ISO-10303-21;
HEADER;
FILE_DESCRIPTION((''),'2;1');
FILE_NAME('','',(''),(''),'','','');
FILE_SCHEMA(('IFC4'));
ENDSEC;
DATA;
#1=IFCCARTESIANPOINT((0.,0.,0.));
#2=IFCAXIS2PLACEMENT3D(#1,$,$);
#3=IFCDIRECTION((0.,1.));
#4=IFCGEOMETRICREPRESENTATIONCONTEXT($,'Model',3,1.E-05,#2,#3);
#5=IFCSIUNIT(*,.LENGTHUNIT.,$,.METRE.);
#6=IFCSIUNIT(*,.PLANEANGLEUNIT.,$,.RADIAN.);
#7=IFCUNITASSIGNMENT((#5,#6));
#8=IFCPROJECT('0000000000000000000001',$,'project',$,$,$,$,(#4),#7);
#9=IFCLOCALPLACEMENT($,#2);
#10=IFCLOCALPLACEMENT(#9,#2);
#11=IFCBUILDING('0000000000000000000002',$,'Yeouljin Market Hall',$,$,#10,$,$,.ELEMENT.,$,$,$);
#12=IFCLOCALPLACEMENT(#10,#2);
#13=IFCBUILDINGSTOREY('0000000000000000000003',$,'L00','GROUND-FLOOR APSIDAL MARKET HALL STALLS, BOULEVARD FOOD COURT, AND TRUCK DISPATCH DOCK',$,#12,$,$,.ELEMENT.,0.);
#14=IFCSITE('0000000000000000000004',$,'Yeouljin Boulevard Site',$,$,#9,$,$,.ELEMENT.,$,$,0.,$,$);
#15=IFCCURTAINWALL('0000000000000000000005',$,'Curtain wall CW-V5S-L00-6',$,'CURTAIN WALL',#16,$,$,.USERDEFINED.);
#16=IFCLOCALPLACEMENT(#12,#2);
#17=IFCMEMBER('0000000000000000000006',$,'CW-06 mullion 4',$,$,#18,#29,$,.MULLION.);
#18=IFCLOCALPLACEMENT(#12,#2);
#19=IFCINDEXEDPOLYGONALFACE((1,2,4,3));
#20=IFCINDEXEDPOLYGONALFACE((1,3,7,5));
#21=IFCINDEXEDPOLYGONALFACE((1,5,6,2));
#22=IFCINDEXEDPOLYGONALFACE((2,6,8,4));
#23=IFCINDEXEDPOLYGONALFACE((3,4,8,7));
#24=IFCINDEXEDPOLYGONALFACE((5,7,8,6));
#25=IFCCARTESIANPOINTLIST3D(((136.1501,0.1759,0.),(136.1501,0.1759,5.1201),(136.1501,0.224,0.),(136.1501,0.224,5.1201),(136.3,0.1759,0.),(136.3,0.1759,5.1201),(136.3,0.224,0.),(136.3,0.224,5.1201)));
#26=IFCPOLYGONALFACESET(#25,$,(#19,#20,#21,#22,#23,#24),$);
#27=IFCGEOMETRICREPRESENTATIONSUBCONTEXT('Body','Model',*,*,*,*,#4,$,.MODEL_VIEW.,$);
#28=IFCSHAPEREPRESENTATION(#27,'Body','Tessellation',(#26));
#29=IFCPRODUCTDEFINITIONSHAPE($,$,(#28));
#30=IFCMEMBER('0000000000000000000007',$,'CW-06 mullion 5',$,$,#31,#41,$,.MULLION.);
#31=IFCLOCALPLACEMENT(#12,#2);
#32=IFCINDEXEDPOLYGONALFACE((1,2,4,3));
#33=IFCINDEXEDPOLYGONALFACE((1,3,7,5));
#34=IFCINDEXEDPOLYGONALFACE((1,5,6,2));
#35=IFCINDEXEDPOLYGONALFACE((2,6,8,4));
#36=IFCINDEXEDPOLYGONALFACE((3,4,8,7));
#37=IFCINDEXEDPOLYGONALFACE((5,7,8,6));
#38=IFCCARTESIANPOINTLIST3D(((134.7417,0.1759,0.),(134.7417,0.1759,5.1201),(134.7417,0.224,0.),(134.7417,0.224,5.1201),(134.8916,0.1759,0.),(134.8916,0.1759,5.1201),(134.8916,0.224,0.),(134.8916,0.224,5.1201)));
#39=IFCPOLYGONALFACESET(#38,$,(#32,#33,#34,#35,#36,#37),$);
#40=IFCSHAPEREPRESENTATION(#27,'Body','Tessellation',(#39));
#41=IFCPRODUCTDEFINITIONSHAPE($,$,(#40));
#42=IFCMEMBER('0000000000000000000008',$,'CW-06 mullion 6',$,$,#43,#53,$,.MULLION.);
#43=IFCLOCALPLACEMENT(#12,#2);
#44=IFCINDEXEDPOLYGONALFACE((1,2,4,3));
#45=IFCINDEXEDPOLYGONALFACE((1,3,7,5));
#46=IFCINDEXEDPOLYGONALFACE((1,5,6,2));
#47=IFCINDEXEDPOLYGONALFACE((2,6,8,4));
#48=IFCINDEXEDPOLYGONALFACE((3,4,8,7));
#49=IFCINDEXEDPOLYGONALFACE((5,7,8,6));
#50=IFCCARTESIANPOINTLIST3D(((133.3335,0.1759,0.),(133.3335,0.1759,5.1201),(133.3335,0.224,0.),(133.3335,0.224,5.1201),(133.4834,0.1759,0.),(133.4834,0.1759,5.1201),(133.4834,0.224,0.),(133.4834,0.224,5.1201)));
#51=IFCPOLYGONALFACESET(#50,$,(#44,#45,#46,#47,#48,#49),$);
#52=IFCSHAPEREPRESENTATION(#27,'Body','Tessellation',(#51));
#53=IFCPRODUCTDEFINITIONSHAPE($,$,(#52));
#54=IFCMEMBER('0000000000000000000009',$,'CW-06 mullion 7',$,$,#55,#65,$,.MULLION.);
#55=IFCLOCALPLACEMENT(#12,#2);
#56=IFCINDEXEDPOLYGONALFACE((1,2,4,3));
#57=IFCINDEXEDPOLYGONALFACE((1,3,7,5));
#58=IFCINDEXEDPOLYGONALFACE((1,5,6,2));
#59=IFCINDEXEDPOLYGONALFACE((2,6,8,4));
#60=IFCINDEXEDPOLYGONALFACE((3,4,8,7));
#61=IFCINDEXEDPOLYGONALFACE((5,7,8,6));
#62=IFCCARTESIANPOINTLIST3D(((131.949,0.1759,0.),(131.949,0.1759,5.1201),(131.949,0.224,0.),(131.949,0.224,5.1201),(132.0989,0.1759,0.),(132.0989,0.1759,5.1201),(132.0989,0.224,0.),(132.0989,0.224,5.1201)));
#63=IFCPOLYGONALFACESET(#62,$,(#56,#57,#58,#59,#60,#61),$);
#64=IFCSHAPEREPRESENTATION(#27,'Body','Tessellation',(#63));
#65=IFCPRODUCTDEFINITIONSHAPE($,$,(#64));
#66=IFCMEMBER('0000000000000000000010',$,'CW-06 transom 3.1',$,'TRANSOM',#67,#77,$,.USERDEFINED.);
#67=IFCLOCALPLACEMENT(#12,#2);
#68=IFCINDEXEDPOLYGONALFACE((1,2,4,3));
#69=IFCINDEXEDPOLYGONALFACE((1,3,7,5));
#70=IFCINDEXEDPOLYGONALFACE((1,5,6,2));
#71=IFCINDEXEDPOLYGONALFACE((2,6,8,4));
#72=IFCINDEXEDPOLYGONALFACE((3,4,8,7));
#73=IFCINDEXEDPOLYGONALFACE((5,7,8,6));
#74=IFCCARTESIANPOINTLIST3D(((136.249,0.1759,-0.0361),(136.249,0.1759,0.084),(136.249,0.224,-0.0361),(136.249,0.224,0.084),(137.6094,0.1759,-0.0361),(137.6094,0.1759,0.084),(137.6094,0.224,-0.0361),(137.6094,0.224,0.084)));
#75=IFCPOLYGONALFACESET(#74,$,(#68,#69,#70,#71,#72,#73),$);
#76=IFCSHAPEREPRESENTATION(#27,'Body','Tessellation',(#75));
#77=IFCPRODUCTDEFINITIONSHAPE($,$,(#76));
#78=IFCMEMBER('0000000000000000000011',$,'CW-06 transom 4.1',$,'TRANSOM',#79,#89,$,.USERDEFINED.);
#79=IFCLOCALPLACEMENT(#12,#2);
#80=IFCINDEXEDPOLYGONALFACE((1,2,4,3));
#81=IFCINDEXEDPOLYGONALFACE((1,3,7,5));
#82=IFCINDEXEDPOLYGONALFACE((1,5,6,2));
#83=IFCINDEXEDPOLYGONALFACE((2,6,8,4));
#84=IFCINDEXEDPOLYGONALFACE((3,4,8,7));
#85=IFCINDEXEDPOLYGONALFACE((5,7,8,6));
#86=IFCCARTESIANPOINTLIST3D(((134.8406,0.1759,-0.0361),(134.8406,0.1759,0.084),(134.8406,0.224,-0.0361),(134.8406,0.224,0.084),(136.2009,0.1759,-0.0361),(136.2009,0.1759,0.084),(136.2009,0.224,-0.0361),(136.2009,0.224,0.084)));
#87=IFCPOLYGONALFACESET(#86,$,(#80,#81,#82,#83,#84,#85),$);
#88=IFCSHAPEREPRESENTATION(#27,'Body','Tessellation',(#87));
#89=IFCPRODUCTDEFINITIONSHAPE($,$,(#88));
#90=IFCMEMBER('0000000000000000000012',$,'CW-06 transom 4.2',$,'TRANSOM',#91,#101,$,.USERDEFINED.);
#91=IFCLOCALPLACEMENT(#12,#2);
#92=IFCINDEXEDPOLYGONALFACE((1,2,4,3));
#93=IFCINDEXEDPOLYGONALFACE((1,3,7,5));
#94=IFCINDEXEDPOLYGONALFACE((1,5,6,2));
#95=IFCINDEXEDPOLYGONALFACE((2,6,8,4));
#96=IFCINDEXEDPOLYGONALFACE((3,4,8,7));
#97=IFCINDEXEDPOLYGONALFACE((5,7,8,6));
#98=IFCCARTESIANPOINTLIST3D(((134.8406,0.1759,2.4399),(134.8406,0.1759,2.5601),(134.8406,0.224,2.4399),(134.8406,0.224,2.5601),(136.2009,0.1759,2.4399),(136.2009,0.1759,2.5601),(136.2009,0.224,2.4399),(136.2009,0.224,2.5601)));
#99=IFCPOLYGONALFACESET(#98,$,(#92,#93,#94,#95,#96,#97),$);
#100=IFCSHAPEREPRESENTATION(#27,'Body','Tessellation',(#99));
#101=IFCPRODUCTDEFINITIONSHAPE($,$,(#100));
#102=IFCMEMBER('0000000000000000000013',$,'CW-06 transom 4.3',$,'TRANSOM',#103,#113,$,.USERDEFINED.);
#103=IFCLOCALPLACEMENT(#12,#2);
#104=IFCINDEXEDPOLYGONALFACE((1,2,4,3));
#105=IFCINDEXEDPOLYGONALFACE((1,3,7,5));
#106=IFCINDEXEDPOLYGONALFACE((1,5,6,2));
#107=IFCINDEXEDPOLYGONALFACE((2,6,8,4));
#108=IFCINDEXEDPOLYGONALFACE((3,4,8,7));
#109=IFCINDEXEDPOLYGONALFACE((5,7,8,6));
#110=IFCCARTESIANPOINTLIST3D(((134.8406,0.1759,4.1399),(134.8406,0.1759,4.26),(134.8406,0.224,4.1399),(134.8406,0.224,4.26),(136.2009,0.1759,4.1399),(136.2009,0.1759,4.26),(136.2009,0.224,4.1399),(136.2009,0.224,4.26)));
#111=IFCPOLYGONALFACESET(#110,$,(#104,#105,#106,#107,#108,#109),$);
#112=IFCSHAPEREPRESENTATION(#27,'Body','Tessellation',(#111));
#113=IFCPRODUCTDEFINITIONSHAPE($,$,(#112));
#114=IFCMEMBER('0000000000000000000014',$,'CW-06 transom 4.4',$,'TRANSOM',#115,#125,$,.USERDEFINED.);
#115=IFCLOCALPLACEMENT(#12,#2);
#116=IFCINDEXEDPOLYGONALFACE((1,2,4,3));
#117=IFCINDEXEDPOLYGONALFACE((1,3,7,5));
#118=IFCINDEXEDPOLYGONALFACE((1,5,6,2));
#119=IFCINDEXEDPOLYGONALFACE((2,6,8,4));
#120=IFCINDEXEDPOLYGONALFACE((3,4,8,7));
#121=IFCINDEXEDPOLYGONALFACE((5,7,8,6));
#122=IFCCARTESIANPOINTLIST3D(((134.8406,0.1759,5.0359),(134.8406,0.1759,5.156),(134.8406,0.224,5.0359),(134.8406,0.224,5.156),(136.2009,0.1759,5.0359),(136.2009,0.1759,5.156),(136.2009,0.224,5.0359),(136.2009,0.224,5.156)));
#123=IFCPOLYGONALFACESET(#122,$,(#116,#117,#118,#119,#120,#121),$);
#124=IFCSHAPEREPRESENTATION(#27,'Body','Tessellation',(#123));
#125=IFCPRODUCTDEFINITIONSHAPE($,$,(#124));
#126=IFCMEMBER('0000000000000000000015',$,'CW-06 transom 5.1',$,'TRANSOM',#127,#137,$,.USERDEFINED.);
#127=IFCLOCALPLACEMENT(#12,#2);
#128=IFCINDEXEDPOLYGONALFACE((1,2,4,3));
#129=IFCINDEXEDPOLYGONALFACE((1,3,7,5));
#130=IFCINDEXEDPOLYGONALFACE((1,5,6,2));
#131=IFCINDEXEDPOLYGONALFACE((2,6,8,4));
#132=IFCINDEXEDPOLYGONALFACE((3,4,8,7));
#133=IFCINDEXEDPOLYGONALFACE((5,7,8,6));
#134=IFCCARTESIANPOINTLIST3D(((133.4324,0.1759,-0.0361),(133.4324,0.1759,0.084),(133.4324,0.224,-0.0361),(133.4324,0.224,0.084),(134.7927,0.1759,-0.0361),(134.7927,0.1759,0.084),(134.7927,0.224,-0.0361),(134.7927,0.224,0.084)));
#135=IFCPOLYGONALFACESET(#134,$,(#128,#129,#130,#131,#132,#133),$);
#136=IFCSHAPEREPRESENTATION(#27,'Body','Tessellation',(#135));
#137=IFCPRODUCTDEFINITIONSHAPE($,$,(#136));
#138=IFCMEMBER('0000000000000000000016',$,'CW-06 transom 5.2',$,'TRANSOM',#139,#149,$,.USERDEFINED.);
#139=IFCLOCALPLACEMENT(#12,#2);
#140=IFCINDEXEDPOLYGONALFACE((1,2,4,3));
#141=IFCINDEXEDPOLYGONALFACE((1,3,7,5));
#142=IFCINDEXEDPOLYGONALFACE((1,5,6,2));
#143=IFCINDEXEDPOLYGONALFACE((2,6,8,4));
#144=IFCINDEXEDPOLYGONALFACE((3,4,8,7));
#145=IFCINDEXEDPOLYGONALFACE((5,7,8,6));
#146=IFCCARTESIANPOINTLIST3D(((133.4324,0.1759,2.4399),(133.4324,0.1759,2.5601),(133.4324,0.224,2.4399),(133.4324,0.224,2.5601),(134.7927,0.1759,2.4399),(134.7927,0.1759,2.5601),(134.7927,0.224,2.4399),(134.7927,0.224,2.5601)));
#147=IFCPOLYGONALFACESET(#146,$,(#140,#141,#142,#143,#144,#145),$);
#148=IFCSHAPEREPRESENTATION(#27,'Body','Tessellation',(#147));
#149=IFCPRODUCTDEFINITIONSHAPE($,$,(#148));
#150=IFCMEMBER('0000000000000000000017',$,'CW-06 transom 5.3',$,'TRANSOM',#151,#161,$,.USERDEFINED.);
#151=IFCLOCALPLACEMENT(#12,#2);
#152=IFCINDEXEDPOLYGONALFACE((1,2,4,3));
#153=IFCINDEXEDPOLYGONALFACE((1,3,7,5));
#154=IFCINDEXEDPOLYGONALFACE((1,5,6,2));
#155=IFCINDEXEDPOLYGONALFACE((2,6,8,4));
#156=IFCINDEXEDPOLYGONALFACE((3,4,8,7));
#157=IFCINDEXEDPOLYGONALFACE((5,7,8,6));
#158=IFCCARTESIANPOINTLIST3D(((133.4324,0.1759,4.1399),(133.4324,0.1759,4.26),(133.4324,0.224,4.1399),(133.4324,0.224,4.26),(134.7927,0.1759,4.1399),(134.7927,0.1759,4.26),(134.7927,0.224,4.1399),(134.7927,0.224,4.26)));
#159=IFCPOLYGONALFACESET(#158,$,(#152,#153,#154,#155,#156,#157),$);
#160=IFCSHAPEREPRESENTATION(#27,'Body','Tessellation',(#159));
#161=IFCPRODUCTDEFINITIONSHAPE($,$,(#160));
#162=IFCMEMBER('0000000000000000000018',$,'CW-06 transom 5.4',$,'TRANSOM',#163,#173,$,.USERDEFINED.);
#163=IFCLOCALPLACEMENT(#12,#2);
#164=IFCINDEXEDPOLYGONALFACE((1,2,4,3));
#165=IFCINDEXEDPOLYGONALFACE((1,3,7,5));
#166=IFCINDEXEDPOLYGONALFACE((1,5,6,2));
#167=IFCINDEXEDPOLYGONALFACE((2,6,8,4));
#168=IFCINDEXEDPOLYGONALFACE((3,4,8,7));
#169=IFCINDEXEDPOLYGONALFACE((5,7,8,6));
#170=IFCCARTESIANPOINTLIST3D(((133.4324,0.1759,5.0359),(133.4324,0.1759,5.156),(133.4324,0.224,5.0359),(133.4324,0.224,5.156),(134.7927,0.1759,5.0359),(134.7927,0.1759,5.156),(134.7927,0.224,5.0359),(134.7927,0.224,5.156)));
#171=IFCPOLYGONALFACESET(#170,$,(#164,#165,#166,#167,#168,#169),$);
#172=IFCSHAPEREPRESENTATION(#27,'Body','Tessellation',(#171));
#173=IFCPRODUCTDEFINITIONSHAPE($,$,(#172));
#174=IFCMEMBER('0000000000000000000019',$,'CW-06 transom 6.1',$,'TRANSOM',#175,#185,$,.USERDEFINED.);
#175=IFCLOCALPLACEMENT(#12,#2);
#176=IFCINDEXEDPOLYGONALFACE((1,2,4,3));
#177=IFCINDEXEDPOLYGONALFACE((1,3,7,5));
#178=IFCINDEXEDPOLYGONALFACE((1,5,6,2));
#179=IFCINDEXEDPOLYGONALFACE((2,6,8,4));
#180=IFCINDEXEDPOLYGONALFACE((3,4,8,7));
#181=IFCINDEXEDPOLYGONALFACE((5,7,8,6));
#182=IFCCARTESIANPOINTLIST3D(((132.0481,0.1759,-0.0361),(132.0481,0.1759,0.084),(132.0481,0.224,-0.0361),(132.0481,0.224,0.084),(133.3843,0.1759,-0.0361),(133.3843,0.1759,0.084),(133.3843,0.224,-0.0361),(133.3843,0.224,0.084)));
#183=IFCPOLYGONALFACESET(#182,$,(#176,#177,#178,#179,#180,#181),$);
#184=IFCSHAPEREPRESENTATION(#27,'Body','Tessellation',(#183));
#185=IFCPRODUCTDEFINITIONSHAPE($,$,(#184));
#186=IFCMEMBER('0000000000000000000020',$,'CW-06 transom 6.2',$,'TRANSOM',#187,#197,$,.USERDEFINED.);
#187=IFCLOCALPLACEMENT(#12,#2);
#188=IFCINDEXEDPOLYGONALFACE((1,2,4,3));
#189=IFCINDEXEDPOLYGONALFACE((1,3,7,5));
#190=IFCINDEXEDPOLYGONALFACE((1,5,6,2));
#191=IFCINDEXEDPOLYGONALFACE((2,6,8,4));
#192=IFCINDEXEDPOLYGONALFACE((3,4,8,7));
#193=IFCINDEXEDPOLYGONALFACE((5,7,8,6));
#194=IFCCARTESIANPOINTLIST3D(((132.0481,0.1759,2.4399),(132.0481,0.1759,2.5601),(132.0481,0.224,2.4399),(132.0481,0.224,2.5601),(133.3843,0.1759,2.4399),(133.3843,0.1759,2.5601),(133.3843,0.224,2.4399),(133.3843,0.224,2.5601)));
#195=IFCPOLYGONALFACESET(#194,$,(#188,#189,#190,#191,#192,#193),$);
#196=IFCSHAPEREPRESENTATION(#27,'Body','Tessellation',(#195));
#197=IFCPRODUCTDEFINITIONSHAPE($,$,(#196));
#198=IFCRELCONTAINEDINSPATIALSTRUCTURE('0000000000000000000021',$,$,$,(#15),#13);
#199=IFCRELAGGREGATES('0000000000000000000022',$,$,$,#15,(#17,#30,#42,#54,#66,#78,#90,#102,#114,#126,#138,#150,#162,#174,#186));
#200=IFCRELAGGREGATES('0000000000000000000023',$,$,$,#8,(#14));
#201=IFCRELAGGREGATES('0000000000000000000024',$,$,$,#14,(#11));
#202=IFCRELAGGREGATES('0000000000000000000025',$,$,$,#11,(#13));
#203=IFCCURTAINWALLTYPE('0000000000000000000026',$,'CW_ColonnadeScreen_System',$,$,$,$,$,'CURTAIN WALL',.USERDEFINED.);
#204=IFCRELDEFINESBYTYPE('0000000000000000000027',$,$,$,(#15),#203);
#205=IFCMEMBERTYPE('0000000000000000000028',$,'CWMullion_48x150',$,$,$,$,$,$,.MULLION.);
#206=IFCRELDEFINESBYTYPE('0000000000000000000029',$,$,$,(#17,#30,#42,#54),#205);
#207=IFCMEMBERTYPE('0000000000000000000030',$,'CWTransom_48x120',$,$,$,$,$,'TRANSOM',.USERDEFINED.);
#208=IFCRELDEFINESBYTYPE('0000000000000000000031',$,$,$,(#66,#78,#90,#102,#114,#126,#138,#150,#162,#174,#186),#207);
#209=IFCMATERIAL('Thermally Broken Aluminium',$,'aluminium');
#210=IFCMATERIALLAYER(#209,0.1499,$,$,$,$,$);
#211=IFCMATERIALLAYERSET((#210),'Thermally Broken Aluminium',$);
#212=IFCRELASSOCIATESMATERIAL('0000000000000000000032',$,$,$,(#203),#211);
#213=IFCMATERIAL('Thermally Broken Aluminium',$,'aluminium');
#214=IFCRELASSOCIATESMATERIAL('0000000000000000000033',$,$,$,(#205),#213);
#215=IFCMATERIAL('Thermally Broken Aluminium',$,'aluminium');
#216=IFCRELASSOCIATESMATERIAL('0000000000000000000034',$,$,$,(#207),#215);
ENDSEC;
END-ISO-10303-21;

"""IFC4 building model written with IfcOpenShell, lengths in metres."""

from ifc_helpers import new_model, si_unit, direction, frame, origin, origin_2d, place, context, subcontext, project, spatial, rectangle, extrude, material, layer, layer_set, material_profile, profile_set, type_object, element, aggregate, save


model = new_model("IFC4")

# Units and contexts
model_context = context("Model", 3, precision=1e-05, world=origin(), true_north=direction((0.0, 1.0)))
body_context = subcontext(model_context, "Body", "Model", "MODEL_VIEW")
ifc_project = project(units=[si_unit("LENGTHUNIT", "METRE"), si_unit("PLANEANGLEUNIT", "RADIAN")], contexts=[model_context])

# Site, building, storey
site_placement = place(None, origin())
site = spatial("IfcSite", under=ifc_project, at=site_placement, Name="Yeouljin Boulevard Site", CompositionType="ELEMENT", RefElevation=0.0)
building_placement = place(site_placement, origin())
building = spatial("IfcBuilding", under=site, at=building_placement, Name="Yeouljin Market Hall", CompositionType="ELEMENT")
storey_placement = place(building_placement, origin())
storey = spatial("IfcBuildingStorey", under=building, at=storey_placement, Name="L00", Description="GROUND-FLOOR APSIDAL MARKET HALL STALLS, BOULEVARD FOOD COURT, AND TRUCK DISPATCH DOCK", CompositionType="ELEMENT", Elevation=0.0)

# Curtain wall, members
ifc_material_1 = material(Name="Thermally Broken Aluminium", Category="aluminium")
ifc_layer_1 = layer(ifc_material_1, 0.1499)
ifc_layer_set_1 = layer_set([ifc_layer_1], Name="Thermally Broken Aluminium")
curtain_wall_type = type_object("IfcCurtainWallType", Name="CW_ColonnadeScreen_System", ElementType="CURTAIN WALL", PredefinedType="USERDEFINED", material=ifc_layer_set_1)
curtain_wall_placement = place(storey_placement, origin())
curtain_wall = element("IfcCurtainWall", 1, at=curtain_wall_placement, inside=storey, type_object=curtain_wall_type, Name="Curtain wall CW-V5S-L00-6", ObjectType="CURTAIN WALL", PredefinedType="USERDEFINED")
ifc_material_2 = material(Name="Thermally Broken Aluminium", Category="aluminium")
ifc_material_profile_1 = material_profile(ifc_material_2, rectangle(XDim=0.0481, YDim=0.1499, at=origin_2d()), Name="CW-MULL-48x150")
ifc_profile_set_1 = profile_set([ifc_material_profile_1], Name="Thermally Broken Aluminium")
member_type_1 = type_object("IfcMemberType", Name="CWMullion_48x150", PredefinedType="MULLION", material=ifc_profile_set_1)
member_1_placement = place(storey_placement, frame((136.2251, 0.2, 0.0), z_axis=(0.0, 0.0, 1.0), x_axis=(0.0, -1.0, 0.0)))
member_1 = element("IfcMember", 2, at=member_1_placement, type_object=member_type_1, Name="CW-06 mullion 4", PredefinedType="MULLION", context=body_context, shape_type="SweptSolid", body=[
    extrude(rectangle(XDim=0.0481, YDim=0.1499, at=origin_2d()), origin(), (0.0, 0.0, 1.0), 5.1201),
])
member_2_placement = place(storey_placement, frame((134.8167, 0.2, 0.0), z_axis=(0.0, 0.0, 1.0), x_axis=(0.0, -1.0, 0.0)))
member_2 = element("IfcMember", 3, at=member_2_placement, type_object=member_type_1, Name="CW-06 mullion 5", PredefinedType="MULLION", context=body_context, shape_type="SweptSolid", body=[
    extrude(rectangle(XDim=0.0481, YDim=0.1499, at=origin_2d()), origin(), (0.0, 0.0, 1.0), 5.1201),
])
member_3_placement = place(storey_placement, frame((133.4084, 0.2, 0.0), z_axis=(0.0, 0.0, 1.0), x_axis=(0.0, -1.0, 0.0)))
member_3 = element("IfcMember", 4, at=member_3_placement, type_object=member_type_1, Name="CW-06 mullion 6", PredefinedType="MULLION", context=body_context, shape_type="SweptSolid", body=[
    extrude(rectangle(XDim=0.0481, YDim=0.1499, at=origin_2d()), origin(), (0.0, 0.0, 1.0), 5.1201),
])
member_4_placement = place(storey_placement, frame((132.0239, 0.2, 0.0), z_axis=(0.0, 0.0, 1.0), x_axis=(0.0, -1.0, 0.0)))
member_4 = element("IfcMember", 5, at=member_4_placement, type_object=member_type_1, Name="CW-06 mullion 7", PredefinedType="MULLION", context=body_context, shape_type="SweptSolid", body=[
    extrude(rectangle(XDim=0.0481, YDim=0.1499, at=origin_2d()), origin(), (0.0, 0.0, 1.0), 5.1201),
])
ifc_material_3 = material(Name="Thermally Broken Aluminium", Category="aluminium")
ifc_material_profile_2 = material_profile(ifc_material_3, rectangle(XDim=0.0481, YDim=0.1201, at=origin_2d()), Name="CW-TRAN-48x120")
ifc_profile_set_2 = profile_set([ifc_material_profile_2], Name="Thermally Broken Aluminium")
member_type_2 = type_object("IfcMemberType", Name="CWTransom_48x120", ElementType="TRANSOM", PredefinedType="USERDEFINED", material=ifc_profile_set_2)
member_5_placement = place(storey_placement, frame((137.6094, 0.2, 0.0239), z_axis=(-1.0, 0.0, 0.0), x_axis=(0.0, -1.0, 0.0)))
member_5 = element("IfcMember", 6, at=member_5_placement, type_object=member_type_2, Name="CW-06 transom 3.1", ObjectType="TRANSOM", PredefinedType="USERDEFINED", context=body_context, shape_type="SweptSolid", body=[
    extrude(rectangle(XDim=0.0481, YDim=0.1201, at=origin_2d()), origin(), (0.0, 0.0, 1.0), 1.3604),
])
member_6_placement = place(storey_placement, frame((136.2009, 0.2, 0.0239), z_axis=(-1.0, 0.0, 0.0), x_axis=(0.0, -1.0, 0.0)))
member_6 = element("IfcMember", 7, at=member_6_placement, type_object=member_type_2, Name="CW-06 transom 4.1", ObjectType="TRANSOM", PredefinedType="USERDEFINED", context=body_context, shape_type="SweptSolid", body=[
    extrude(rectangle(XDim=0.0481, YDim=0.1201, at=origin_2d()), origin(), (0.0, 0.0, 1.0), 1.3604),
])
member_7_placement = place(storey_placement, frame((136.2009, 0.2, 2.5), z_axis=(-1.0, 0.0, 0.0), x_axis=(0.0, -1.0, 0.0)))
member_7 = element("IfcMember", 8, at=member_7_placement, type_object=member_type_2, Name="CW-06 transom 4.2", ObjectType="TRANSOM", PredefinedType="USERDEFINED", context=body_context, shape_type="SweptSolid", body=[
    extrude(rectangle(XDim=0.0481, YDim=0.1201, at=origin_2d()), origin(), (0.0, 0.0, 1.0), 1.3604),
])
member_8_placement = place(storey_placement, frame((136.2009, 0.2, 4.2), z_axis=(-1.0, 0.0, 0.0), x_axis=(0.0, -1.0, 0.0)))
member_8 = element("IfcMember", 9, at=member_8_placement, type_object=member_type_2, Name="CW-06 transom 4.3", ObjectType="TRANSOM", PredefinedType="USERDEFINED", context=body_context, shape_type="SweptSolid", body=[
    extrude(rectangle(XDim=0.0481, YDim=0.1201, at=origin_2d()), origin(), (0.0, 0.0, 1.0), 1.3604),
])
member_9_placement = place(storey_placement, frame((136.2009, 0.2, 5.0959), z_axis=(-1.0, 0.0, 0.0), x_axis=(0.0, -1.0, 0.0)))
member_9 = element("IfcMember", 10, at=member_9_placement, type_object=member_type_2, Name="CW-06 transom 4.4", ObjectType="TRANSOM", PredefinedType="USERDEFINED", context=body_context, shape_type="SweptSolid", body=[
    extrude(rectangle(XDim=0.0481, YDim=0.1201, at=origin_2d()), origin(), (0.0, 0.0, 1.0), 1.3604),
])
member_10_placement = place(storey_placement, frame((134.7927, 0.2, 0.0239), z_axis=(-1.0, 0.0, 0.0), x_axis=(0.0, -1.0, 0.0)))
member_10 = element("IfcMember", 11, at=member_10_placement, type_object=member_type_2, Name="CW-06 transom 5.1", ObjectType="TRANSOM", PredefinedType="USERDEFINED", context=body_context, shape_type="SweptSolid", body=[
    extrude(rectangle(XDim=0.0481, YDim=0.1201, at=origin_2d()), origin(), (0.0, 0.0, 1.0), 1.3604),
])
member_11_placement = place(storey_placement, frame((134.7927, 0.2, 2.5), z_axis=(-1.0, 0.0, 0.0), x_axis=(0.0, -1.0, 0.0)))
member_11 = element("IfcMember", 12, at=member_11_placement, type_object=member_type_2, Name="CW-06 transom 5.2", ObjectType="TRANSOM", PredefinedType="USERDEFINED", context=body_context, shape_type="SweptSolid", body=[
    extrude(rectangle(XDim=0.0481, YDim=0.1201, at=origin_2d()), origin(), (0.0, 0.0, 1.0), 1.3604),
])
member_12_placement = place(storey_placement, frame((134.7927, 0.2, 4.2), z_axis=(-1.0, 0.0, 0.0), x_axis=(0.0, -1.0, 0.0)))
member_12 = element("IfcMember", 13, at=member_12_placement, type_object=member_type_2, Name="CW-06 transom 5.3", ObjectType="TRANSOM", PredefinedType="USERDEFINED", context=body_context, shape_type="SweptSolid", body=[
    extrude(rectangle(XDim=0.0481, YDim=0.1201, at=origin_2d()), origin(), (0.0, 0.0, 1.0), 1.3604),
])
member_13_placement = place(storey_placement, frame((134.7927, 0.2, 5.0959), z_axis=(-1.0, 0.0, 0.0), x_axis=(0.0, -1.0, 0.0)))
member_13 = element("IfcMember", 14, at=member_13_placement, type_object=member_type_2, Name="CW-06 transom 5.4", ObjectType="TRANSOM", PredefinedType="USERDEFINED", context=body_context, shape_type="SweptSolid", body=[
    extrude(rectangle(XDim=0.0481, YDim=0.1201, at=origin_2d()), origin(), (0.0, 0.0, 1.0), 1.3604),
])
member_14_placement = place(storey_placement, frame((133.3843, 0.2, 0.0239), z_axis=(-1.0, 0.0, 0.0), x_axis=(0.0, -1.0, 0.0)))
member_14 = element("IfcMember", 15, at=member_14_placement, type_object=member_type_2, Name="CW-06 transom 6.1", ObjectType="TRANSOM", PredefinedType="USERDEFINED", context=body_context, shape_type="SweptSolid", body=[
    extrude(rectangle(XDim=0.0481, YDim=0.1201, at=origin_2d()), origin(), (0.0, 0.0, 1.0), 1.3362),
])
member_15_placement = place(storey_placement, frame((133.3843, 0.2, 2.5), z_axis=(-1.0, 0.0, 0.0), x_axis=(0.0, -1.0, 0.0)))
member_15 = element("IfcMember", 16, at=member_15_placement, type_object=member_type_2, Name="CW-06 transom 6.2", ObjectType="TRANSOM", PredefinedType="USERDEFINED", context=body_context, shape_type="SweptSolid", body=[
    extrude(rectangle(XDim=0.0481, YDim=0.1201, at=origin_2d()), origin(), (0.0, 0.0, 1.0), 1.3362),
])

aggregate(curtain_wall, [member_1, member_2, member_3, member_4, member_5, member_6, member_7, member_8, member_9, member_10, member_11, member_12, member_13, member_14, member_15])

save(model, "model.ifc")
